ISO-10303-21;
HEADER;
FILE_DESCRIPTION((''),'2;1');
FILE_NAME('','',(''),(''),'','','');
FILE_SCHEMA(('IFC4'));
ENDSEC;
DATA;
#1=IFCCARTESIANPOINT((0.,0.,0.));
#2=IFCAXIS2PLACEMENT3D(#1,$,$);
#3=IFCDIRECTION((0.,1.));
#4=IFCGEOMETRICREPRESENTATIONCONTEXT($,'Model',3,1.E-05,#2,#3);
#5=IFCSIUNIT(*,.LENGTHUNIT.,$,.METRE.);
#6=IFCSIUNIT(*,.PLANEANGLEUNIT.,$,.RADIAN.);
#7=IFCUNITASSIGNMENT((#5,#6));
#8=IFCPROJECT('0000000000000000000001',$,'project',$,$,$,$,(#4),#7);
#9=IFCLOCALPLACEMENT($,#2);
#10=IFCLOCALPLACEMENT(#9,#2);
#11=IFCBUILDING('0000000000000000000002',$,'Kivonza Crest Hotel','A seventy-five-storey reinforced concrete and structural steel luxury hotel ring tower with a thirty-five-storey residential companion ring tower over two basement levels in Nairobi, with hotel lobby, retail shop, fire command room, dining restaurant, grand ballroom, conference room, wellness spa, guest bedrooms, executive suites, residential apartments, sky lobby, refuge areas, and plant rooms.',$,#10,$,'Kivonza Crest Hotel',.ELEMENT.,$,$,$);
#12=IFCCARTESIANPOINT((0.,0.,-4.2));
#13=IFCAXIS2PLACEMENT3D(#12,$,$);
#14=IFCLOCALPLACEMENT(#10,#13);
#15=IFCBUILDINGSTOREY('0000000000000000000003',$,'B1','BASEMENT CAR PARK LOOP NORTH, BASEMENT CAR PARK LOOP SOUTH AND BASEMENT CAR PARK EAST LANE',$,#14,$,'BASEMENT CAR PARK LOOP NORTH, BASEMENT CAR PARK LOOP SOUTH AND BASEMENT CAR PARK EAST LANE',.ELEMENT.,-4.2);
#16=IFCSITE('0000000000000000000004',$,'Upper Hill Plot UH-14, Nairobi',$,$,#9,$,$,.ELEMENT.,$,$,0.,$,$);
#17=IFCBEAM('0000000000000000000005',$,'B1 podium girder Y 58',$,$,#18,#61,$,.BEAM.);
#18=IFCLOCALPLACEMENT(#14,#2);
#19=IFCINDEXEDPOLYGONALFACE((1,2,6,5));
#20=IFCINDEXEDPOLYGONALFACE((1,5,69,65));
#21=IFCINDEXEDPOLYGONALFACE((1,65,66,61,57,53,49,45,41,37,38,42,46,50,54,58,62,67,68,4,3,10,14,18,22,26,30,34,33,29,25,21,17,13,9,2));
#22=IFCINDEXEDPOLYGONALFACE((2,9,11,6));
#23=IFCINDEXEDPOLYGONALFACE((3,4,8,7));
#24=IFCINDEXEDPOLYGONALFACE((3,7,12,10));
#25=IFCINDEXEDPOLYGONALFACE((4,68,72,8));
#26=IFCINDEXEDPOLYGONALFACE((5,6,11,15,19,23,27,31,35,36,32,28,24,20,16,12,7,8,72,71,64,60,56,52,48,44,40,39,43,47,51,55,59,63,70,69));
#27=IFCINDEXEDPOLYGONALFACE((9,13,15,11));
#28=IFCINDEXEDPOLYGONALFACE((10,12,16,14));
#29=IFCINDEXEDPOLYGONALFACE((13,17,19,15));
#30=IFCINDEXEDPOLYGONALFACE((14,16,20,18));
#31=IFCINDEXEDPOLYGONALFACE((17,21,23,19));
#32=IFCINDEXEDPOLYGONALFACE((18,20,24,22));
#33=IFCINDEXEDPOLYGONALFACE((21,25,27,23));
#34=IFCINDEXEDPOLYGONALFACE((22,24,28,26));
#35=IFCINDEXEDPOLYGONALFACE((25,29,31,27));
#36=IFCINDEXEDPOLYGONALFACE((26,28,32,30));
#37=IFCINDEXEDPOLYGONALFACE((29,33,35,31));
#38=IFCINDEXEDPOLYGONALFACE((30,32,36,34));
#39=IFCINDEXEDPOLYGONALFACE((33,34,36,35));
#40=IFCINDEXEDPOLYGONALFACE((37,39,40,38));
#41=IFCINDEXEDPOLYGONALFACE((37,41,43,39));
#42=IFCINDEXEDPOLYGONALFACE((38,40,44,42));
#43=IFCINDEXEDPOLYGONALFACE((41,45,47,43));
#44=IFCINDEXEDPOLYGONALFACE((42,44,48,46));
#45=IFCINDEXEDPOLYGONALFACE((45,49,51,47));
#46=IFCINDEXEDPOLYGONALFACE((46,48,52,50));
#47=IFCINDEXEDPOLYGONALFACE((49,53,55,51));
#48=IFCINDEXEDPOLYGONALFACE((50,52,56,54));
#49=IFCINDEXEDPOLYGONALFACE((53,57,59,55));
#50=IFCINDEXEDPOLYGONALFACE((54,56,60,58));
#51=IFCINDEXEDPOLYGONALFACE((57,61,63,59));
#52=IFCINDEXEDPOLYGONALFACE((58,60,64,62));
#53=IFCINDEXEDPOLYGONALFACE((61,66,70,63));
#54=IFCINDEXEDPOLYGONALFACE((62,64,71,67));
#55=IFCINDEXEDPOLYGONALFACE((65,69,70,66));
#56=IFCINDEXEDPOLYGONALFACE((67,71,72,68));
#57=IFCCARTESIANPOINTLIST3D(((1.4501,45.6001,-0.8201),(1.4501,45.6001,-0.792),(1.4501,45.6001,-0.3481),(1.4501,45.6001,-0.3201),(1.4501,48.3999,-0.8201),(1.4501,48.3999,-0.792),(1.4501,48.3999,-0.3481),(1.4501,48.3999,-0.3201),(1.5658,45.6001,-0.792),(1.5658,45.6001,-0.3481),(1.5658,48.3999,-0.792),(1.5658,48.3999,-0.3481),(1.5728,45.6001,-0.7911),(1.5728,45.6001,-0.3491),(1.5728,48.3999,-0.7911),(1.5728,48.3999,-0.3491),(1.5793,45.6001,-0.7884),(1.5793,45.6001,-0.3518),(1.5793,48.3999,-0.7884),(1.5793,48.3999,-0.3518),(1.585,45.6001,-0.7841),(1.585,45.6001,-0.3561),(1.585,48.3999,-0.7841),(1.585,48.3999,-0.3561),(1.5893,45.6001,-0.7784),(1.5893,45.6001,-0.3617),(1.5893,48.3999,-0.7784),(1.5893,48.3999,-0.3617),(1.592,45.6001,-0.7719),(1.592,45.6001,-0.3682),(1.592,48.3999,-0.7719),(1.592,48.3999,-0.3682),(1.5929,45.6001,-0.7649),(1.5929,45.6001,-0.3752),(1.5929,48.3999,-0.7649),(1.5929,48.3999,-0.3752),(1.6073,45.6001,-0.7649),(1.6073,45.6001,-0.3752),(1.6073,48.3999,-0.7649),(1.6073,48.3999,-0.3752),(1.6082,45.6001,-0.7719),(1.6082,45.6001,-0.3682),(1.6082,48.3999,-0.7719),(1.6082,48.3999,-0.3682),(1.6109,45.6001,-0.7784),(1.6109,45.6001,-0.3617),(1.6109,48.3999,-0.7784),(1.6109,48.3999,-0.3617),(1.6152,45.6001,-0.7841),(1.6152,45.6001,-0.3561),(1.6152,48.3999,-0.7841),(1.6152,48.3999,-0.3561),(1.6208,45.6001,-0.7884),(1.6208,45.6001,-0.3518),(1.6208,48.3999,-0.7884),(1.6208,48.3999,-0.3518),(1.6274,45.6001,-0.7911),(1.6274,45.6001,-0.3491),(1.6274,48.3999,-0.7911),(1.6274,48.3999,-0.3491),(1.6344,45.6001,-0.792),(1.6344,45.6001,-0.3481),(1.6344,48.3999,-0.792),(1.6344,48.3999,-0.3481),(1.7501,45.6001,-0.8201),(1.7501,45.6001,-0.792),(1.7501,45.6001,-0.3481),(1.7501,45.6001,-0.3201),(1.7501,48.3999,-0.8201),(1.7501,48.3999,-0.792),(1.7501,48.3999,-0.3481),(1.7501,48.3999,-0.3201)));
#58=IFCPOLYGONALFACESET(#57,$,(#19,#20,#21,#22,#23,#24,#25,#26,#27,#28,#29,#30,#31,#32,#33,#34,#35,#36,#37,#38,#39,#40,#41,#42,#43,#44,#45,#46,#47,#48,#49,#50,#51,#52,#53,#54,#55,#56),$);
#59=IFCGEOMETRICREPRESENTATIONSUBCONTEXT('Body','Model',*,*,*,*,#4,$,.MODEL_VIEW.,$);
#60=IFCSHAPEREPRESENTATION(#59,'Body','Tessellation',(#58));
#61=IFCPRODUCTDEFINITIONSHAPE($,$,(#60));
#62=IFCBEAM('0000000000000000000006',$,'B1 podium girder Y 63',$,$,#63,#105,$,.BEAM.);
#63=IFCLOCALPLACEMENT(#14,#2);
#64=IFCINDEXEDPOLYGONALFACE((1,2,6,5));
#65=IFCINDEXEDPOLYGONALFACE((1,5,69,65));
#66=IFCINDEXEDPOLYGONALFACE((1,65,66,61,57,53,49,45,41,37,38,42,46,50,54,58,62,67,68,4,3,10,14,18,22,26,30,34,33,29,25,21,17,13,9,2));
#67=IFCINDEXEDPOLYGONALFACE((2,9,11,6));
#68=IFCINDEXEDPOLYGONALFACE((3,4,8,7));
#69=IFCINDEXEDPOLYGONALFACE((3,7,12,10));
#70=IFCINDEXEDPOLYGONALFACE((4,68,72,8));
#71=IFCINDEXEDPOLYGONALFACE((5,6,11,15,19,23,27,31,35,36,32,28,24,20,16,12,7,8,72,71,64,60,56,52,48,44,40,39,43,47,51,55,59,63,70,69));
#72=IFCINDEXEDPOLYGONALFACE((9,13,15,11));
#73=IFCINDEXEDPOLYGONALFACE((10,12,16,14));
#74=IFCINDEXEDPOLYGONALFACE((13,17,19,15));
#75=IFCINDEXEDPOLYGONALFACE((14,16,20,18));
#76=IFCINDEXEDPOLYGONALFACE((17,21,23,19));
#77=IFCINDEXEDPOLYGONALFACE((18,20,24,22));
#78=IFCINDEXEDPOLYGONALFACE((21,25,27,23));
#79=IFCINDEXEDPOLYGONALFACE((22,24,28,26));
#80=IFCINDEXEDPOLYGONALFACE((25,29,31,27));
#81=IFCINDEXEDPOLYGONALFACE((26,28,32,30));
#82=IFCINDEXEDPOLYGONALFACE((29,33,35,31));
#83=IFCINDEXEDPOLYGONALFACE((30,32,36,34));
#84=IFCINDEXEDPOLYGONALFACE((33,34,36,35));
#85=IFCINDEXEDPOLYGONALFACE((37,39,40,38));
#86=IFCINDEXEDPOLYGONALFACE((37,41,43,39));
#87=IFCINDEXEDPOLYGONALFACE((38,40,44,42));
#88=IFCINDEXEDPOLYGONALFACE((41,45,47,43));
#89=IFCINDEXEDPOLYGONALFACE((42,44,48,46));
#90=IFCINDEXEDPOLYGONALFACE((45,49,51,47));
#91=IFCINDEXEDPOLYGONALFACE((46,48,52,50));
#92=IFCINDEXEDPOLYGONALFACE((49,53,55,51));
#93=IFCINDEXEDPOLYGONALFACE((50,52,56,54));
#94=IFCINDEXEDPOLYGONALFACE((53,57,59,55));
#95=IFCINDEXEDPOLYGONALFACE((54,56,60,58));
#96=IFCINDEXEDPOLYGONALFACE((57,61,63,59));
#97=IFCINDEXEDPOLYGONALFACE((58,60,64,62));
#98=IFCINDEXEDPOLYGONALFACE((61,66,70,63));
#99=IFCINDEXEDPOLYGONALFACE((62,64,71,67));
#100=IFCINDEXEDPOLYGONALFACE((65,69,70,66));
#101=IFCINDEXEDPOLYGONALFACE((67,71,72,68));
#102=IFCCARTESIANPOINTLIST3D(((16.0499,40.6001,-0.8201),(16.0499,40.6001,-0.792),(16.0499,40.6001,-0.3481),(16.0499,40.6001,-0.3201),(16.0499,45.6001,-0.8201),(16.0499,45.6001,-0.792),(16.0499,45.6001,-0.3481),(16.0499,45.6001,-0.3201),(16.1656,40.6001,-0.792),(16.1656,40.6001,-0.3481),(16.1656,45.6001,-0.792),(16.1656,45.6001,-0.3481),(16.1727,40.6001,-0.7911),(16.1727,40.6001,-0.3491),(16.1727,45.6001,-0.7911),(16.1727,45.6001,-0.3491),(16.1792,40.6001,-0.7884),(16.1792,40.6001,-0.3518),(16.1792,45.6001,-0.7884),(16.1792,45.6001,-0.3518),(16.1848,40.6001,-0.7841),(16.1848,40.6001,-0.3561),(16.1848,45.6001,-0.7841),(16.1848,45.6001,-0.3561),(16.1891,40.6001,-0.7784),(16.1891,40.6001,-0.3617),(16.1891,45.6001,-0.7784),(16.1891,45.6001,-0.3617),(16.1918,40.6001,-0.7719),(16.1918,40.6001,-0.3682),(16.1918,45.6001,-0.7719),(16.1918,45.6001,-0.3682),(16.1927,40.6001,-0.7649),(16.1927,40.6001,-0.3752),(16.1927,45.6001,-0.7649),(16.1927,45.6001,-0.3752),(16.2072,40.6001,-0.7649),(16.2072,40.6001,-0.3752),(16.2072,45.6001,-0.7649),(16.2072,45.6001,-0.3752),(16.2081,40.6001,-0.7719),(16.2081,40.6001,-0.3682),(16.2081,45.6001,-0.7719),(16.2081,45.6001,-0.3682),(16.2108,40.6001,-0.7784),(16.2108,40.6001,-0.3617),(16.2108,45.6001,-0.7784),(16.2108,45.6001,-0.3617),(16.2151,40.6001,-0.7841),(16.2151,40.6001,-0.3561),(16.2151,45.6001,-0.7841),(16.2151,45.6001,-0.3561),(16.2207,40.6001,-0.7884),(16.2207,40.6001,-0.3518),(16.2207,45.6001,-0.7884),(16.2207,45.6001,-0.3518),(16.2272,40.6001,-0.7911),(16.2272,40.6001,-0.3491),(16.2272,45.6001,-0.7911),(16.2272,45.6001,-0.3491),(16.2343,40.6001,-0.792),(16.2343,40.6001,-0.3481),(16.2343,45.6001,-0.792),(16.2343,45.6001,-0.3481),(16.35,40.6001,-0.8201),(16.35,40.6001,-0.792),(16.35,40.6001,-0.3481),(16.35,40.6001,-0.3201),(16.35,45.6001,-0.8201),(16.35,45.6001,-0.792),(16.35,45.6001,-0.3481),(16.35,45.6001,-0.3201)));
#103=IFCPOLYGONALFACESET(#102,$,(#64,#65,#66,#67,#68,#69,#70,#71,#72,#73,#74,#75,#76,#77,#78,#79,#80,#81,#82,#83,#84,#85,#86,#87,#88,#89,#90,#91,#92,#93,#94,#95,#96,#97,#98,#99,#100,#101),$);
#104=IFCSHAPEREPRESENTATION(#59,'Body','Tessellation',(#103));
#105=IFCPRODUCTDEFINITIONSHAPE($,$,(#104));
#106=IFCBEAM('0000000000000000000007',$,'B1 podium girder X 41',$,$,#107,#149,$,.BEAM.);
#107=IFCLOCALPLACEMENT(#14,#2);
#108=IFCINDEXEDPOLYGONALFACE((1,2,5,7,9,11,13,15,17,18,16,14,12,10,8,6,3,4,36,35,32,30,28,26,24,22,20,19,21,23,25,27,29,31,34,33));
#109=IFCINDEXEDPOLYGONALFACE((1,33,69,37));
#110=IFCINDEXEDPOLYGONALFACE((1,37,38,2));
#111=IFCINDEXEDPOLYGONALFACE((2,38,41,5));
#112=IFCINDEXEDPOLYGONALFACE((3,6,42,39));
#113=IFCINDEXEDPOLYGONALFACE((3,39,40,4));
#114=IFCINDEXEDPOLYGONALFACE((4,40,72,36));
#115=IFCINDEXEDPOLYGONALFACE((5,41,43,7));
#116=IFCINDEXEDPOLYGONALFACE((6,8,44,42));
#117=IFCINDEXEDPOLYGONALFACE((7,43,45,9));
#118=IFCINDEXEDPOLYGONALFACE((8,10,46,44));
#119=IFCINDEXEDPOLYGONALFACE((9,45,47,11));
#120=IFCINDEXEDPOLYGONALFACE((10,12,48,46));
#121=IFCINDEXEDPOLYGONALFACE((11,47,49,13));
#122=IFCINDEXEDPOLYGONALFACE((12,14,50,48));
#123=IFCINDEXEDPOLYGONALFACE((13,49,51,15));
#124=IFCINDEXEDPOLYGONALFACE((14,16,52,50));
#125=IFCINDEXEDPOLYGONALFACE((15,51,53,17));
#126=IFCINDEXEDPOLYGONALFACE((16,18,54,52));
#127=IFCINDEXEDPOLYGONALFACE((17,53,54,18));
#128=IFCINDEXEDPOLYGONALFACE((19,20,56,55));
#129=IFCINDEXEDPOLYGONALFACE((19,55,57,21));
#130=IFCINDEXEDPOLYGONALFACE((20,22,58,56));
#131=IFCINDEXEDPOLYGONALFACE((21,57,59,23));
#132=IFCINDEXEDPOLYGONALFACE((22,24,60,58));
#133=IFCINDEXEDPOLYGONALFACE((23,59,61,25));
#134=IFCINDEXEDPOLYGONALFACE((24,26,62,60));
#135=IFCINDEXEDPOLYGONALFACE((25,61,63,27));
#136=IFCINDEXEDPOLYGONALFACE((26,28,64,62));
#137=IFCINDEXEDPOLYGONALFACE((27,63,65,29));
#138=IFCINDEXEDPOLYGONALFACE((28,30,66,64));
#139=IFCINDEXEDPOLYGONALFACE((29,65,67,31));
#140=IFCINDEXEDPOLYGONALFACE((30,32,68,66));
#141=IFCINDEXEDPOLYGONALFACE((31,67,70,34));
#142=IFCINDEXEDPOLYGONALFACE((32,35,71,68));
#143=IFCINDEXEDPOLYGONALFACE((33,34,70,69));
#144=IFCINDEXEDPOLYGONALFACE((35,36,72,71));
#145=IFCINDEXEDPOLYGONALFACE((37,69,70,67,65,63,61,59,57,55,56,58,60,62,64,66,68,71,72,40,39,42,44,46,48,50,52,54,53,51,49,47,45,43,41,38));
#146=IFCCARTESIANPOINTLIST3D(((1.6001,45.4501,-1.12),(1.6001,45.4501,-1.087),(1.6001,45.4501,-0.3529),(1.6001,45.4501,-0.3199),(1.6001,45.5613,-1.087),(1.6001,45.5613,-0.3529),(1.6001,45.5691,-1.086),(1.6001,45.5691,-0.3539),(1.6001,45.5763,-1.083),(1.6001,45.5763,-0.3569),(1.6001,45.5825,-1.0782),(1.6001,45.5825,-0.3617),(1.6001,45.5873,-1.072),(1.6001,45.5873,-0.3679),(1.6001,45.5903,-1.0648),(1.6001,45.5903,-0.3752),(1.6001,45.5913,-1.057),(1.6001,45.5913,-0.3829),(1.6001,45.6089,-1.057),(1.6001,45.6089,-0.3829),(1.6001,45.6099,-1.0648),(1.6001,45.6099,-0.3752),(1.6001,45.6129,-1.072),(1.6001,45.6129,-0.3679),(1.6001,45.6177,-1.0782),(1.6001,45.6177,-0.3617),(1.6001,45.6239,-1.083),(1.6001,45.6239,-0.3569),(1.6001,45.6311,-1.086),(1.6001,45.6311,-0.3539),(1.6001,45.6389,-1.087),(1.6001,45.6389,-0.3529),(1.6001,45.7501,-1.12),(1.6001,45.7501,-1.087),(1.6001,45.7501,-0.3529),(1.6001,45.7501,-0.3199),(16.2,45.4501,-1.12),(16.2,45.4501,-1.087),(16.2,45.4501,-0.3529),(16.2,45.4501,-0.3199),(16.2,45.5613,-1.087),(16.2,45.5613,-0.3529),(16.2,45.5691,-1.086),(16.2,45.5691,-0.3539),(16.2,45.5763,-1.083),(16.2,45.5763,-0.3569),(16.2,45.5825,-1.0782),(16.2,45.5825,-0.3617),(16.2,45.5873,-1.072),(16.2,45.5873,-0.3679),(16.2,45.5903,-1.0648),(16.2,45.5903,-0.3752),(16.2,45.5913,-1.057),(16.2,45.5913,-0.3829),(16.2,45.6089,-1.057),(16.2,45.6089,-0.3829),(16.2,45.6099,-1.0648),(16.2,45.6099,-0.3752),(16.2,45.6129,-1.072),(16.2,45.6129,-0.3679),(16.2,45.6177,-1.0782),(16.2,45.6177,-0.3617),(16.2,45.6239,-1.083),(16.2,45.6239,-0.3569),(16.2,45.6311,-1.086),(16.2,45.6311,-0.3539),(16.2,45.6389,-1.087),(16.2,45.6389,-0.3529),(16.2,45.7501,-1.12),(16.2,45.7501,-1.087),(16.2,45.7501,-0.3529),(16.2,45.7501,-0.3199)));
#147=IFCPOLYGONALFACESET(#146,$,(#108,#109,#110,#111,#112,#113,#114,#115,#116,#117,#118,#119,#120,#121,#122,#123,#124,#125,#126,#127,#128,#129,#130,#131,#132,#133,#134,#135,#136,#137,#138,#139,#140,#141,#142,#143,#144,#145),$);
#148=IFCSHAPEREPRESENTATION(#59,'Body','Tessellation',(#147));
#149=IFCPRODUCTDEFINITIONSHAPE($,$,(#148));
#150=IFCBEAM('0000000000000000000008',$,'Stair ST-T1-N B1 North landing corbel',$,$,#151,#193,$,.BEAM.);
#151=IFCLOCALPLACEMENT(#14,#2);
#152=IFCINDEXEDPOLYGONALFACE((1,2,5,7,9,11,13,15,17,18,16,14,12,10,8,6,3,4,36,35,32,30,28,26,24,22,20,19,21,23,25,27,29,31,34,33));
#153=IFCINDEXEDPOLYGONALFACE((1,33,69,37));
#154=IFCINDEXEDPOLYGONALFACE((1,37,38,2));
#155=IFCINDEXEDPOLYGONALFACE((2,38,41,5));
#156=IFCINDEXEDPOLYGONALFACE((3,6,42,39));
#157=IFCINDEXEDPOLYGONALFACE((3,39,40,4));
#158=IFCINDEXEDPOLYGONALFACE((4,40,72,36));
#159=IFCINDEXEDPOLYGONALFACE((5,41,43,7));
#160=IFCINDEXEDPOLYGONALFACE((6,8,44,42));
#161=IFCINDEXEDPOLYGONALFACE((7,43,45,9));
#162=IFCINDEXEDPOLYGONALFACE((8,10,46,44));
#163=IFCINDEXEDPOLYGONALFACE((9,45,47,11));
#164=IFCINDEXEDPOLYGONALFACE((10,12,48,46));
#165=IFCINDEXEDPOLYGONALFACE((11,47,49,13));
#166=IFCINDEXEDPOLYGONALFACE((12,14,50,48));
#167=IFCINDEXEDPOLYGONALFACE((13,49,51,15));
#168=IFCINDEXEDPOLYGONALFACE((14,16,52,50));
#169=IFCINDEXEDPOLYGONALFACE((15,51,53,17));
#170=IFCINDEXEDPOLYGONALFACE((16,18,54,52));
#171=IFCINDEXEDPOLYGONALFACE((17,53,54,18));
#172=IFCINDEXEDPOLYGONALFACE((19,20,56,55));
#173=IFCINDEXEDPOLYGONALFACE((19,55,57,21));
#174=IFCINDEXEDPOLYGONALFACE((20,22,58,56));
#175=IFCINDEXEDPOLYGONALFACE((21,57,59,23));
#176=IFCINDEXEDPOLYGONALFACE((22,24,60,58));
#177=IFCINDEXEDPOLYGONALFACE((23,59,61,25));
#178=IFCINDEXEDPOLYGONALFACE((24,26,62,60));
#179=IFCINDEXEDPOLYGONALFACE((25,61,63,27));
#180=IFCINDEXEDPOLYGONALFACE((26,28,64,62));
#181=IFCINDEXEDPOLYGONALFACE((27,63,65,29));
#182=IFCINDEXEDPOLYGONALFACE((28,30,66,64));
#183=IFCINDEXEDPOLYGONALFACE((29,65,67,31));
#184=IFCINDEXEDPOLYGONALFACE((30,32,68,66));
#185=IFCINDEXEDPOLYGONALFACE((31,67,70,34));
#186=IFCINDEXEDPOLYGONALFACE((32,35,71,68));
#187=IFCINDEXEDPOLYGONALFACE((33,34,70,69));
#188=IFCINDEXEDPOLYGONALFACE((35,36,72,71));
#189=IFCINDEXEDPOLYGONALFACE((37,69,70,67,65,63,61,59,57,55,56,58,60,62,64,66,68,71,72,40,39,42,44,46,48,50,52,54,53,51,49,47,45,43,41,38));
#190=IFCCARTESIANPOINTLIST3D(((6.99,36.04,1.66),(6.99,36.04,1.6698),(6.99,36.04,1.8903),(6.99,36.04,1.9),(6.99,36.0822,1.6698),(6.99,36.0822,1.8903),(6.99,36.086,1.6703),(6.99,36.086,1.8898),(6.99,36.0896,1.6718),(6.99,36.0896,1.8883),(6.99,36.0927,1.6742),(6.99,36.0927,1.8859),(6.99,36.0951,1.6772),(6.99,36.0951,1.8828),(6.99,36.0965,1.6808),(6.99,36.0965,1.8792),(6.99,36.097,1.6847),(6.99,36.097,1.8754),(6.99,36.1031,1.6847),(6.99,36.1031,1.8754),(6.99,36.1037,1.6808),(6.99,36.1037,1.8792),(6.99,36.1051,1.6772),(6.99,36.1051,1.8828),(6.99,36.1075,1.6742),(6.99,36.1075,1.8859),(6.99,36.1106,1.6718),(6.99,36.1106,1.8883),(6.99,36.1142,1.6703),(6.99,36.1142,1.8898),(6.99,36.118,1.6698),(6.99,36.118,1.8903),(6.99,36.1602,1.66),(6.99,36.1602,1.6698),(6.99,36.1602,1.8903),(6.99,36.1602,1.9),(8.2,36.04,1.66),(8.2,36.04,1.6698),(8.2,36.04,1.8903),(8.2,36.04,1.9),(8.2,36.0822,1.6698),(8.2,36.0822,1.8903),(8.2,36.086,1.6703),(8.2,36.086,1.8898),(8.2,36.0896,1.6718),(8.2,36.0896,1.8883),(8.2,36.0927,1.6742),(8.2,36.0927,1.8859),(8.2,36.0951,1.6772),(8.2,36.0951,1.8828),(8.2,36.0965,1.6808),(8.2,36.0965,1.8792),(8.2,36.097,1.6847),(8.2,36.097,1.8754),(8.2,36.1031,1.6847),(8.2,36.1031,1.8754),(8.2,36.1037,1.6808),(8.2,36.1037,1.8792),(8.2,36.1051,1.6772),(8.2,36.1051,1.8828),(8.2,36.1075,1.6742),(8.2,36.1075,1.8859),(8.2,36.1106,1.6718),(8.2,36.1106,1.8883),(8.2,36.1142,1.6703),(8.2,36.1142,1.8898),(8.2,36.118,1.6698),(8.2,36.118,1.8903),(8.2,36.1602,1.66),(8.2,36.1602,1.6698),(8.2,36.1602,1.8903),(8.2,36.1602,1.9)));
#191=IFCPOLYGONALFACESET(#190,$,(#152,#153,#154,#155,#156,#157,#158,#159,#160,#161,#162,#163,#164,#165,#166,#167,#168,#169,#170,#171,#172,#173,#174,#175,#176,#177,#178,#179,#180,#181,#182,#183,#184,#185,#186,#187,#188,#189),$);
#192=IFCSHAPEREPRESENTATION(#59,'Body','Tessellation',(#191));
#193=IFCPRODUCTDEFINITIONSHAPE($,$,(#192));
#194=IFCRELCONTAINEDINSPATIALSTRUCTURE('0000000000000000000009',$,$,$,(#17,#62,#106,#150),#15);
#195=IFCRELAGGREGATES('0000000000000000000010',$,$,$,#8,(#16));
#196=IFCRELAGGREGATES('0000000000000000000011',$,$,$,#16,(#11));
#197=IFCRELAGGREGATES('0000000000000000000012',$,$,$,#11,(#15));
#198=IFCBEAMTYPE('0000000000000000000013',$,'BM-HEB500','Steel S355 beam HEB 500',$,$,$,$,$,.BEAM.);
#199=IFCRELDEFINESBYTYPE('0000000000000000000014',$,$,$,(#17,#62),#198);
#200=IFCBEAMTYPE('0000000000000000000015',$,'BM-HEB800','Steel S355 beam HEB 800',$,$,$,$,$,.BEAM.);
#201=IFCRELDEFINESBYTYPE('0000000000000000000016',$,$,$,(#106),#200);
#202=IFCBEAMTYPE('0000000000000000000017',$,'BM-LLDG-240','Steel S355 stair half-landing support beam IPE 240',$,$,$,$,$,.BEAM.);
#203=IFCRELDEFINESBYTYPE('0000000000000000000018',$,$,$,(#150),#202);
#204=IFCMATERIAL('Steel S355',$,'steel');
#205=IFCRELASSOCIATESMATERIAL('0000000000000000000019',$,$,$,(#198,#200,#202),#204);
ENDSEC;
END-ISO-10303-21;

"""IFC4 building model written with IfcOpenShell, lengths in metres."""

from ifc_helpers import new_model, si_unit, direction, frame, origin, origin_2d, place, context, subcontext, project, spatial, i_section, extrude, material, material_profile, profile_set, type_object, element, save


model = new_model("IFC4")

# Units and contexts
model_context = context("Model", 3, precision=1e-05, world=origin(), true_north=direction((0.0, 1.0)))
body_context = subcontext(model_context, "Body", "Model", "MODEL_VIEW")
ifc_project = project(units=[si_unit("LENGTHUNIT", "METRE"), si_unit("PLANEANGLEUNIT", "RADIAN")], contexts=[model_context])

# Site, building, storey
site_placement = place(None, origin())
site = spatial("IfcSite", under=ifc_project, at=site_placement, Name="Upper Hill Plot UH-14, Nairobi", CompositionType="ELEMENT", RefElevation=0.0)
building_placement = place(site_placement, origin())
building = spatial("IfcBuilding", under=site, at=building_placement, Name="Kivonza Crest Hotel", Description="A seventy-five-storey reinforced concrete and structural steel luxury hotel ring tower with a thirty-five-storey residential companion ring tower over two basement levels in Nairobi, with hotel lobby, retail shop, fire command room, dining restaurant, grand ballroom, conference room, wellness spa, guest bedrooms, executive suites, residential apartments, sky lobby, refuge areas, and plant rooms.", LongName="Kivonza Crest Hotel", CompositionType="ELEMENT")
storey_placement = place(building_placement, frame((0.0, 0.0, -4.2)))
storey = spatial("IfcBuildingStorey", under=building, at=storey_placement, Name="B1", Description="BASEMENT CAR PARK LOOP NORTH, BASEMENT CAR PARK LOOP SOUTH AND BASEMENT CAR PARK EAST LANE", LongName="BASEMENT CAR PARK LOOP NORTH, BASEMENT CAR PARK LOOP SOUTH AND BASEMENT CAR PARK EAST LANE", CompositionType="ELEMENT", Elevation=-4.2)

# Beams
ifc_material_1 = material(Name="Steel S355", Category="steel")
ifc_material_profile_1 = material_profile(ifc_material_1, i_section(OverallWidth=0.3, OverallDepth=0.5, WebThickness=0.0144, FlangeThickness=0.0281, FilletRadius=0.0271, at=origin_2d()), Name="HEB 500")
ifc_profile_set_1 = profile_set([ifc_material_profile_1], Name="Steel S355")
beam_type_1 = type_object("IfcBeamType", Name="BM-HEB500", Description="Steel S355 beam HEB 500", PredefinedType="BEAM", material=ifc_profile_set_1)
beam_1_placement = place(storey_placement, frame((1.6001, 45.6001, -0.5701), z_axis=(0.0, 1.0, 0.0), x_axis=(-1.0, 0.0, 0.0)))
element("IfcBeam", 1, at=beam_1_placement, inside=storey, type_object=beam_type_1, Name="B1 podium girder Y 58", PredefinedType="BEAM", context=body_context, shape_type="SweptSolid", body=[
    extrude(i_section(OverallWidth=0.3, OverallDepth=0.5, WebThickness=0.0144, FlangeThickness=0.0281, FilletRadius=0.0271, at=origin_2d()), origin(), (0.0, 0.0, 1.0), 2.7998),
])
beam_2_placement = place(storey_placement, frame((16.2, 40.6001, -0.5701), z_axis=(0.0, 1.0, 0.0), x_axis=(-1.0, 0.0, 0.0)))
element("IfcBeam", 2, at=beam_2_placement, inside=storey, type_object=beam_type_1, Name="B1 podium girder Y 63", PredefinedType="BEAM", context=body_context, shape_type="SweptSolid", body=[
    extrude(i_section(OverallWidth=0.3, OverallDepth=0.5, WebThickness=0.0144, FlangeThickness=0.0281, FilletRadius=0.0271, at=origin_2d()), origin(), (0.0, 0.0, 1.0), 5.0),
])
ifc_material_profile_2 = material_profile(ifc_material_1, i_section(OverallWidth=0.3, OverallDepth=0.8, WebThickness=0.0176, FlangeThickness=0.033, FilletRadius=0.03, at=origin_2d()), Name="HEB 800")
ifc_profile_set_2 = profile_set([ifc_material_profile_2], Name="Steel S355")
beam_type_2 = type_object("IfcBeamType", Name="BM-HEB800", Description="Steel S355 beam HEB 800", PredefinedType="BEAM", material=ifc_profile_set_2)
beam_3_placement = place(storey_placement, frame((1.6001, 45.6001, -0.72), z_axis=(1.0, 0.0, 0.0), x_axis=(0.0, 1.0, 0.0)))
element("IfcBeam", 3, at=beam_3_placement, inside=storey, type_object=beam_type_2, Name="B1 podium girder X 41", PredefinedType="BEAM", context=body_context, shape_type="SweptSolid", body=[
    extrude(i_section(OverallWidth=0.3, OverallDepth=0.8, WebThickness=0.0176, FlangeThickness=0.033, FilletRadius=0.03, at=origin_2d()), origin(), (0.0, 0.0, 1.0), 14.5999),
])
ifc_material_profile_3 = material_profile(ifc_material_1, i_section(OverallWidth=0.1201, OverallDepth=0.24, WebThickness=0.0061, FlangeThickness=0.0098, FilletRadius=0.0149, at=origin_2d()), Name="IPE 240")
ifc_profile_set_3 = profile_set([ifc_material_profile_3], Name="Steel S355")
beam_type_3 = type_object("IfcBeamType", Name="BM-LLDG-240", Description="Steel S355 stair half-landing support beam IPE 240", PredefinedType="BEAM", material=ifc_profile_set_3)
beam_4_placement = place(storey_placement, frame((6.99, 36.1001, 1.78), z_axis=(1.0, 0.0, 0.0), x_axis=(0.0, 1.0, 0.0)))
element("IfcBeam", 4, at=beam_4_placement, inside=storey, type_object=beam_type_3, Name="Stair ST-T1-N B1 North landing corbel", PredefinedType="BEAM", context=body_context, shape_type="SweptSolid", body=[
    extrude(i_section(OverallWidth=0.1201, OverallDepth=0.24, WebThickness=0.0061, FlangeThickness=0.0098, FilletRadius=0.0149, at=origin_2d()), origin(), (0.0, 0.0, 1.0), 1.21),
])

save(model, "model.ifc")
